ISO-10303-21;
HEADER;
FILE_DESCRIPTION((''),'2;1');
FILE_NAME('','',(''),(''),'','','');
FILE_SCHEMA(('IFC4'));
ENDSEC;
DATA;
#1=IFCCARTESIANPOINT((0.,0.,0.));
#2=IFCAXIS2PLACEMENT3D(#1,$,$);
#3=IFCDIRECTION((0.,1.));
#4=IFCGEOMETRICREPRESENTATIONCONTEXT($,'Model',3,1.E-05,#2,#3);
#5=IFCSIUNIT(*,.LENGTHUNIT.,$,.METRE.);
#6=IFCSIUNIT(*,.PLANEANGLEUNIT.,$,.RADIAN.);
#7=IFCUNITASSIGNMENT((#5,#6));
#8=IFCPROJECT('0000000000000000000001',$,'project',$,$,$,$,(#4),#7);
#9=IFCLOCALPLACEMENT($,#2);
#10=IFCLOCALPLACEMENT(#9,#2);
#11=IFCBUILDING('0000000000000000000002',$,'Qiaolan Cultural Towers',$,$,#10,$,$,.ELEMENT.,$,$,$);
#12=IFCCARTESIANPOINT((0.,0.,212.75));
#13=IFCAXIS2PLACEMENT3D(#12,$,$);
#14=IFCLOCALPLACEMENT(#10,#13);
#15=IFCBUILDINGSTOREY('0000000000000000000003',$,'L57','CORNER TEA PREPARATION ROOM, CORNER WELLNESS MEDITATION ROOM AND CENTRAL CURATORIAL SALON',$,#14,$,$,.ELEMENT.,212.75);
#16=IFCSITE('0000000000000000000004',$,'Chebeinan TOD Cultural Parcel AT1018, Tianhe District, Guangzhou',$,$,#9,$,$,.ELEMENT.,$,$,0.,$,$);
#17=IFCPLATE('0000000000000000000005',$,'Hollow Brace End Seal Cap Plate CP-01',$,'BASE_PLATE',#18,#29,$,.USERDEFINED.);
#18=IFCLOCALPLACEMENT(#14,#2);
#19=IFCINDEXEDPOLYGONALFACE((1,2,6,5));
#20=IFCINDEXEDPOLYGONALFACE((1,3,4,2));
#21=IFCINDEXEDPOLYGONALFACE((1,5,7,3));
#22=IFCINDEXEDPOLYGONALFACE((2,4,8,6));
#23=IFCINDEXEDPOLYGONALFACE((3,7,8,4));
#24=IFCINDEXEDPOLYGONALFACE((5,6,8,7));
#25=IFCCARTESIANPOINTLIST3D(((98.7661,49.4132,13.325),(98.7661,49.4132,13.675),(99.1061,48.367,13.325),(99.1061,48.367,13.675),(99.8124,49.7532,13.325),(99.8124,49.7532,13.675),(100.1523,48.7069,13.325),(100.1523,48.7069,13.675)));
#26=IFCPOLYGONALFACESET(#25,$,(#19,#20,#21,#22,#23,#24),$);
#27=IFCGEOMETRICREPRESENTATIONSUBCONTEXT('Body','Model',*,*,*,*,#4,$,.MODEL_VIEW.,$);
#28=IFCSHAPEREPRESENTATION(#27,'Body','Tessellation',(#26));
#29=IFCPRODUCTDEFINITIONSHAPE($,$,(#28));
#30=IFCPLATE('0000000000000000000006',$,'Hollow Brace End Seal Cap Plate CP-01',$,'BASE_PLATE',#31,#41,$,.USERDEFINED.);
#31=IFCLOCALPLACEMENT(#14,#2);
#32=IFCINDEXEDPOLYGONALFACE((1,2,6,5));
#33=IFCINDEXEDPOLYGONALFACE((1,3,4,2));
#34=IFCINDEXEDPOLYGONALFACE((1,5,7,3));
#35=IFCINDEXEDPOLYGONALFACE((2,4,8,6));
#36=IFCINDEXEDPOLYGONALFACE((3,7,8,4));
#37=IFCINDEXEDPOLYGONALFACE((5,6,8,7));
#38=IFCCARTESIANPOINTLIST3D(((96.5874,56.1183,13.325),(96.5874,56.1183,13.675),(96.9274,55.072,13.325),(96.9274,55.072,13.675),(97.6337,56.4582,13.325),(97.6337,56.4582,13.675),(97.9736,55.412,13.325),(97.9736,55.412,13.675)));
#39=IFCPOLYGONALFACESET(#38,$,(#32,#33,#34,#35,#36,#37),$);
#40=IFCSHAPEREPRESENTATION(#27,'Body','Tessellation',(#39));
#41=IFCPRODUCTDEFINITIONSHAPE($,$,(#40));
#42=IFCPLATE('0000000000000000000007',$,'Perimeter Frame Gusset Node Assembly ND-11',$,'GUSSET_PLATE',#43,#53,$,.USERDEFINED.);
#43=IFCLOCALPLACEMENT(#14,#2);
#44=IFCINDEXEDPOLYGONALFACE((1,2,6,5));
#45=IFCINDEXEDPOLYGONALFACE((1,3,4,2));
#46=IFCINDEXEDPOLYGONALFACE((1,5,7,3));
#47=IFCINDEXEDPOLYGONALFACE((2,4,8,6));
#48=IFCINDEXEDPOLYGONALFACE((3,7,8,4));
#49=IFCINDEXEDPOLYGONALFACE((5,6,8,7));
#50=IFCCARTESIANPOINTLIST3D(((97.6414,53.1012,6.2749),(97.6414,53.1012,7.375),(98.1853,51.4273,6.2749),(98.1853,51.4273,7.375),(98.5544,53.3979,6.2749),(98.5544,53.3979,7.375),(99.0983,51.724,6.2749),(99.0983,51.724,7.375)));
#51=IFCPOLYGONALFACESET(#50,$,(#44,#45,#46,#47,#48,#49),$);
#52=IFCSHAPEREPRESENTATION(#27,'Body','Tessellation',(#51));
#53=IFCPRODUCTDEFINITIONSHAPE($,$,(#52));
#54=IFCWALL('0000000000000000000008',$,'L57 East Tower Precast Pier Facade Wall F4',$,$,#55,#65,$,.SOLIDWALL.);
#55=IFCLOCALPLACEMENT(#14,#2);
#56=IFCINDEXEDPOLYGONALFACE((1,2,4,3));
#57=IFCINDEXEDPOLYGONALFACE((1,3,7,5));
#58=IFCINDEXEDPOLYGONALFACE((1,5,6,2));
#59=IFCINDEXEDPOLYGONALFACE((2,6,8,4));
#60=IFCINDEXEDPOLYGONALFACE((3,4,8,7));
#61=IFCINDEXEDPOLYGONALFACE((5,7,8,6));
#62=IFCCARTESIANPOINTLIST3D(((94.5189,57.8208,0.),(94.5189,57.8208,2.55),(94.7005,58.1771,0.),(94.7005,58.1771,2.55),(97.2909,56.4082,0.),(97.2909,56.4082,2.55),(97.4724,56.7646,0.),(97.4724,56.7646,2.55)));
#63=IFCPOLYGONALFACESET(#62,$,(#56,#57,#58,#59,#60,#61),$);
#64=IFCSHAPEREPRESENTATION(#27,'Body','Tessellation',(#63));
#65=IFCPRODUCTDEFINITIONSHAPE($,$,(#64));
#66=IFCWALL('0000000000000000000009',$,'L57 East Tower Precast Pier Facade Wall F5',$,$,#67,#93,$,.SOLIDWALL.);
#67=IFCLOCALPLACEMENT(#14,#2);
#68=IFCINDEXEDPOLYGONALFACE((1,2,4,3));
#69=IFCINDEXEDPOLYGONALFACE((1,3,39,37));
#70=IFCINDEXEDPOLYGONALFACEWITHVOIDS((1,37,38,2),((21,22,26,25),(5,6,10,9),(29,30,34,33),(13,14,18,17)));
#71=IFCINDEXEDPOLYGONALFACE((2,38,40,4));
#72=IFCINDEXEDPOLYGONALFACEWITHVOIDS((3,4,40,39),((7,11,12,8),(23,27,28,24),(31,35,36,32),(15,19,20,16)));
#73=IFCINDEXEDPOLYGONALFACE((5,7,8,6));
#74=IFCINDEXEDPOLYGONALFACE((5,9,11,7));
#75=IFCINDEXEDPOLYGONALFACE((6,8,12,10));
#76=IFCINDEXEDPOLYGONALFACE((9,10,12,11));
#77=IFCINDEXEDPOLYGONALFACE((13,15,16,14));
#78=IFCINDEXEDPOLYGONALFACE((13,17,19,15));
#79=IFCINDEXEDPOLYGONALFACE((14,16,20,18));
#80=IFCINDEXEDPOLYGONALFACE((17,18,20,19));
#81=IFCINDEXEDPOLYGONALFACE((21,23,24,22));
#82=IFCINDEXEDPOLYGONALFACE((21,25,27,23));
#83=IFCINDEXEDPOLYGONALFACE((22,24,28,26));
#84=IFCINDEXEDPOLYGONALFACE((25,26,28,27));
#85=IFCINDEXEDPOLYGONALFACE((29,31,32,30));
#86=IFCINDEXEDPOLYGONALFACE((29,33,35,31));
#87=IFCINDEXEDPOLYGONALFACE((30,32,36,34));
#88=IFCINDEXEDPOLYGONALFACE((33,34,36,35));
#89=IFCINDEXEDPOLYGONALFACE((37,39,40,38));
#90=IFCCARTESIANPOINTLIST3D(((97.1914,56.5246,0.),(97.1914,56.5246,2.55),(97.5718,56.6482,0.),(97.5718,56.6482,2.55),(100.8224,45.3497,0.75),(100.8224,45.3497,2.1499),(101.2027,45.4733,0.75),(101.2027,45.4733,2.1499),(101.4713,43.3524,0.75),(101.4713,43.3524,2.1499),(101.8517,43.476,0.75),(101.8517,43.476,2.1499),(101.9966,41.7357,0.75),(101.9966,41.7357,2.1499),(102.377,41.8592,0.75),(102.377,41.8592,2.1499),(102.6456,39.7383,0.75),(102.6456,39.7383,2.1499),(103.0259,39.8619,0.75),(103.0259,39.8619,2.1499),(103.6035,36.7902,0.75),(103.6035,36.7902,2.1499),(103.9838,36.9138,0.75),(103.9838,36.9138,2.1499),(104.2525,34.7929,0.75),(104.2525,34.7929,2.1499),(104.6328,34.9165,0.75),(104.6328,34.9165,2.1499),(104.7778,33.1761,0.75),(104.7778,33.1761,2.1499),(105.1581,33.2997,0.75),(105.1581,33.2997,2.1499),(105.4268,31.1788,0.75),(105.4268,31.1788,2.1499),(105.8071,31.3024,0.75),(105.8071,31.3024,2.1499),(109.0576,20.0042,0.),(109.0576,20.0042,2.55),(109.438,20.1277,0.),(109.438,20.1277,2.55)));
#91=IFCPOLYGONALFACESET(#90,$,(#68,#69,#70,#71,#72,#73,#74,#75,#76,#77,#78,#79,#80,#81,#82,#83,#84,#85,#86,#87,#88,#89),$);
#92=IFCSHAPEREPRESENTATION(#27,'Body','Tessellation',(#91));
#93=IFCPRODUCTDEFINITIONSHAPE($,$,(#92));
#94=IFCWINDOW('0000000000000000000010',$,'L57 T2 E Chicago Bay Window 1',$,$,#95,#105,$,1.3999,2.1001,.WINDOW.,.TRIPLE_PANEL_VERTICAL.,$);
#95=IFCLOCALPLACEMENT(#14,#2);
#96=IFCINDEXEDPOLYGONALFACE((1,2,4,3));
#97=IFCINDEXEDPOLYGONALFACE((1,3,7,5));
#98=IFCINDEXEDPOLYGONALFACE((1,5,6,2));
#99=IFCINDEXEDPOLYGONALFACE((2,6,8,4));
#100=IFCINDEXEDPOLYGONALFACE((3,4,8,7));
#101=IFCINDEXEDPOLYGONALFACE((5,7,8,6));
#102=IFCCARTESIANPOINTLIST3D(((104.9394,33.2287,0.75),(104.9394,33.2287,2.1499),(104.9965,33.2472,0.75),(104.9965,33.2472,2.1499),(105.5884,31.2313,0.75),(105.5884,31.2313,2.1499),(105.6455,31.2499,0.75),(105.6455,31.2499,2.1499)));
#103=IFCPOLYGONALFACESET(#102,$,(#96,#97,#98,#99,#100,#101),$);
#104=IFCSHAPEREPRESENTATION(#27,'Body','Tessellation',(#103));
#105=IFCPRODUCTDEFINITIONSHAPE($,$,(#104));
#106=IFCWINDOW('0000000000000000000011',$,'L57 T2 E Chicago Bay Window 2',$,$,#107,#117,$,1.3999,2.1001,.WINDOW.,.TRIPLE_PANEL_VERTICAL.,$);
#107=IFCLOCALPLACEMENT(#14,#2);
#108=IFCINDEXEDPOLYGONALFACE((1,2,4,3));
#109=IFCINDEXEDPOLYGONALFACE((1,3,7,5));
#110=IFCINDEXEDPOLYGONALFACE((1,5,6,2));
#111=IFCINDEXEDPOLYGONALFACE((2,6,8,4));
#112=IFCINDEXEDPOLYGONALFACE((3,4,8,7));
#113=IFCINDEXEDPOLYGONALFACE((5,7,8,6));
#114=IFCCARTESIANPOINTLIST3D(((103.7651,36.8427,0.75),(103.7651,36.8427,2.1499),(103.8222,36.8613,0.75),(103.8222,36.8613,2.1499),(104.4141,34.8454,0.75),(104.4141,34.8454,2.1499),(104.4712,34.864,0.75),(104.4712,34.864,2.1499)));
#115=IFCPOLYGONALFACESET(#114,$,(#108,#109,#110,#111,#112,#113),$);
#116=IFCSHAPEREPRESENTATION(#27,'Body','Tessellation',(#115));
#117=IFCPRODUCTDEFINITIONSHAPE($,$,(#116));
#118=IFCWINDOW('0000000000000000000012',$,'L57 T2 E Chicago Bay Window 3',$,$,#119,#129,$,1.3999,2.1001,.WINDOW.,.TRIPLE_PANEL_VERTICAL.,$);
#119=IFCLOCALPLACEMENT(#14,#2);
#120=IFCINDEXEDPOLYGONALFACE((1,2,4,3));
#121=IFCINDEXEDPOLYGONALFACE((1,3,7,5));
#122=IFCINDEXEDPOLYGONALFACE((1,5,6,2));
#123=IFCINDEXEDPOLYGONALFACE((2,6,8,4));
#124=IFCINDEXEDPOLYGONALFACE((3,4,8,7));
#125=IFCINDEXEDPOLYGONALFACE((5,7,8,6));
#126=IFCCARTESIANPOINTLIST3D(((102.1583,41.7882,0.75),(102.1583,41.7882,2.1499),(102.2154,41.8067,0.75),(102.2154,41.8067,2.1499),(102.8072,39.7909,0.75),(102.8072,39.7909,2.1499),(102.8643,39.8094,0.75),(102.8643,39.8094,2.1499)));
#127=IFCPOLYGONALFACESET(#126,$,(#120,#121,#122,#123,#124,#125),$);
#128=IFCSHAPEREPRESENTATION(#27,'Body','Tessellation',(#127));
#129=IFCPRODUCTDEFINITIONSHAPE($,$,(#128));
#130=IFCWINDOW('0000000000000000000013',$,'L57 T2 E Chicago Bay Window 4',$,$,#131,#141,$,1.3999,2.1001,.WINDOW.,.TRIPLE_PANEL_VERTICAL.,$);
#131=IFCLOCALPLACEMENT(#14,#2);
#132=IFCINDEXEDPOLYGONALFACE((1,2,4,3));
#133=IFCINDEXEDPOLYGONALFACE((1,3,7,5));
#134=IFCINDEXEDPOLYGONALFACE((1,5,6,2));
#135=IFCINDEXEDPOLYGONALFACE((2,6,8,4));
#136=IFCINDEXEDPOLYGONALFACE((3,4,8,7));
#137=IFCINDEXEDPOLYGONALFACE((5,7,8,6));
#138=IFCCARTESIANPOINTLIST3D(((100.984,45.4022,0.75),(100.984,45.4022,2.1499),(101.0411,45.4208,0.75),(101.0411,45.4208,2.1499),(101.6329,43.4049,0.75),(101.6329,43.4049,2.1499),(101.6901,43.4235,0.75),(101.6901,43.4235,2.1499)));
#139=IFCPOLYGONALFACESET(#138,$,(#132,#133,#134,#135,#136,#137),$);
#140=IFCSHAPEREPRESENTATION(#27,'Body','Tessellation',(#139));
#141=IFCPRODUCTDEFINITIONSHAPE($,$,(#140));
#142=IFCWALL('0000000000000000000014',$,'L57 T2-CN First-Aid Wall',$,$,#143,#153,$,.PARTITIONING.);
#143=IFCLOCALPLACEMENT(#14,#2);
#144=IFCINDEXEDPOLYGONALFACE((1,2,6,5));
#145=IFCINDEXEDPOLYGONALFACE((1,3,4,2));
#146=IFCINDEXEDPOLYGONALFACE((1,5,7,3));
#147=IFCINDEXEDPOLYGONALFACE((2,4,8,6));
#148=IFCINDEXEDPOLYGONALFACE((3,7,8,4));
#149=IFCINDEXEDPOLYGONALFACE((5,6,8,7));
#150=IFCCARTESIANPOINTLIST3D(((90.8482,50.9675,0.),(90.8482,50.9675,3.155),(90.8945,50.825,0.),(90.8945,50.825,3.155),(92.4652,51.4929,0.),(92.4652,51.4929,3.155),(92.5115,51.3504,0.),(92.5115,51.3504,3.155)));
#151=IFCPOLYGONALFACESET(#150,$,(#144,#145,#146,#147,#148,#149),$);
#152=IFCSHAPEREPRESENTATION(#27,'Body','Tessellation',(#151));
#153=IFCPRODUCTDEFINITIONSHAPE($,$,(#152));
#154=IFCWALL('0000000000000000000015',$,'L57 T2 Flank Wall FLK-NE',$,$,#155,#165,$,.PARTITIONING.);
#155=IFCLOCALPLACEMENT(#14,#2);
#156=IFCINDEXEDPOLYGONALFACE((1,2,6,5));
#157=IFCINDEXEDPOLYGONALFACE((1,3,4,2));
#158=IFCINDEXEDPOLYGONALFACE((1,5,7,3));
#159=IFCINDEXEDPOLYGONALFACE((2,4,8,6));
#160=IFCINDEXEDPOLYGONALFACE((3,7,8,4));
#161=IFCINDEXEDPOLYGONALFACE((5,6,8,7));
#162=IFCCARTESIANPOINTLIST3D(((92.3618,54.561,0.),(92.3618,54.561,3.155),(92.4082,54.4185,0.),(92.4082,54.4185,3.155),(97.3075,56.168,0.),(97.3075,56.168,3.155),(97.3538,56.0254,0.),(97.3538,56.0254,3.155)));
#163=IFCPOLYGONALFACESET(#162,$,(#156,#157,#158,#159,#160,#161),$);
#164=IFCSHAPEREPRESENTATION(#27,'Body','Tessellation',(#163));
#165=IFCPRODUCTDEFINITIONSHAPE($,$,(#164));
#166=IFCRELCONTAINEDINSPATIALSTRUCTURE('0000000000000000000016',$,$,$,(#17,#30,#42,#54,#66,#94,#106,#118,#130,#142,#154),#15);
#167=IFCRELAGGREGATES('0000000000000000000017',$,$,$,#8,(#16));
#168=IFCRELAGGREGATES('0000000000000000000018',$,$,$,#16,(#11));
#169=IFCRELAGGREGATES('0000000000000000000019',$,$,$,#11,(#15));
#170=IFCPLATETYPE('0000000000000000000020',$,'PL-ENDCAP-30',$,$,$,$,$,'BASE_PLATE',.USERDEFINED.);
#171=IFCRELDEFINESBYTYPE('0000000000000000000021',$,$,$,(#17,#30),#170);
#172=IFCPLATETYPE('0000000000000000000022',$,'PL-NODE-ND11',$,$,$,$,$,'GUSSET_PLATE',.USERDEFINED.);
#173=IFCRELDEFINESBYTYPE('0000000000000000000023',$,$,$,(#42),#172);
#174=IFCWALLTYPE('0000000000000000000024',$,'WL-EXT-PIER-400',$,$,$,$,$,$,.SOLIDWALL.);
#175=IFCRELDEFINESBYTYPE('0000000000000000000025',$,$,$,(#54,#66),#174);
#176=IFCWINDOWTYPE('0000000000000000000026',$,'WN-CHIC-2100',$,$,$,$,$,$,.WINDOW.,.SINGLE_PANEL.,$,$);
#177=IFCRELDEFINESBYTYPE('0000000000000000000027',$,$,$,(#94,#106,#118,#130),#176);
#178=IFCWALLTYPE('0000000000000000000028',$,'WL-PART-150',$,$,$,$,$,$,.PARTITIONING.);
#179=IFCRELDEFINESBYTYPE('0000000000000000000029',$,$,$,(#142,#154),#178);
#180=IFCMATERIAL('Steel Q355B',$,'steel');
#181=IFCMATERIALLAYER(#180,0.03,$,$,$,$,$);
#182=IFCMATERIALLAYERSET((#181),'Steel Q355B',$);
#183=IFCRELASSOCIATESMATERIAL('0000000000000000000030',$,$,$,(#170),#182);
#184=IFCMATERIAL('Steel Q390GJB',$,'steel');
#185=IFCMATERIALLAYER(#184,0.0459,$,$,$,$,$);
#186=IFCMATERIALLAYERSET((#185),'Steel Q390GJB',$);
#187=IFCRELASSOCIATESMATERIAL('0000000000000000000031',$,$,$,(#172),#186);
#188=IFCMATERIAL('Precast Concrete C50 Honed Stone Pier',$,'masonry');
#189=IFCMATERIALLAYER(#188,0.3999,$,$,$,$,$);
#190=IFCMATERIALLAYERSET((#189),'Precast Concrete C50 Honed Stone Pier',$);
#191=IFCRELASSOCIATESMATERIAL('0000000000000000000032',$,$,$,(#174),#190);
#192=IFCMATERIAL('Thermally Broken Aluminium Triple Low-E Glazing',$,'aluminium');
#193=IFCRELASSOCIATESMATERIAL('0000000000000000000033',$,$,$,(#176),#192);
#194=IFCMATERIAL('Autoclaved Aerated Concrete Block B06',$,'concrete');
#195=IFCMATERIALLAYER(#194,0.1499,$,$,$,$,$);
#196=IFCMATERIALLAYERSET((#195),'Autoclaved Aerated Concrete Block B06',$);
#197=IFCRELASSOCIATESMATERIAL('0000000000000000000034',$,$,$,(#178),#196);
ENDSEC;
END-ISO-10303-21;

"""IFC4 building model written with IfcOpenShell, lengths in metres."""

from ifc_helpers import new_model, si_unit, direction, frame, frame_2d, origin, origin_2d, place, context, subcontext, project, spatial, rectangle, extrude, material, layer, layer_set, type_object, element, fill, save


model = new_model("IFC4")

# Units and contexts
model_context = context("Model", 3, precision=1e-05, world=origin(), true_north=direction((0.0, 1.0)))
body_context = subcontext(model_context, "Body", "Model", "MODEL_VIEW")
ifc_project = project(units=[si_unit("LENGTHUNIT", "METRE"), si_unit("PLANEANGLEUNIT", "RADIAN")], contexts=[model_context])

# Site, building, storey
site_placement = place(None, origin())
site = spatial("IfcSite", under=ifc_project, at=site_placement, Name="Chebeinan TOD Cultural Parcel AT1018, Tianhe District, Guangzhou", CompositionType="ELEMENT", RefElevation=0.0)
building_placement = place(site_placement, origin())
building = spatial("IfcBuilding", under=site, at=building_placement, Name="Qiaolan Cultural Towers", CompositionType="ELEMENT")
storey_placement = place(building_placement, frame((0.0, 0.0, 212.75)))
storey = spatial("IfcBuildingStorey", under=building, at=storey_placement, Name="L57", Description="CORNER TEA PREPARATION ROOM, CORNER WELLNESS MEDITATION ROOM AND CENTRAL CURATORIAL SALON", CompositionType="ELEMENT", Elevation=212.75)

# Plates
ifc_material_1 = material(Name="Steel Q355B", Category="steel")
ifc_layer_1 = layer(ifc_material_1, 0.03)
ifc_layer_set_1 = layer_set([ifc_layer_1], Name="Steel Q355B")
plate_type_1 = type_object("IfcPlateType", Name="PL-ENDCAP-30", ElementType="BASE_PLATE", PredefinedType="USERDEFINED", material=ifc_layer_set_1)
for number, where, z_axis, x_axis, name in (
    (1, (99.4592, 49.0601, 13.325), (0.0, 0.0, 1.0), (-0.309017, 0.951057, 0.0), "Hollow Brace End Seal Cap Plate CP-01"),
    (2, (97.2805, 55.7651, 13.325), (0.0, 0.0, 1.0), (-0.309017, 0.951057, 0.0), "Hollow Brace End Seal Cap Plate CP-01"),
):
    element("IfcPlate", number, at=place(storey_placement, frame(where, z_axis=z_axis, x_axis=x_axis)), inside=storey, type_object=plate_type_1, Name=name, ObjectType="BASE_PLATE", PredefinedType="USERDEFINED", context=body_context, shape_type="SweptSolid", body=[
        extrude(rectangle(XDim=1.1001, YDim=1.1001, at=origin_2d()), origin(), (0.0, 0.0, 1.0), 0.3501),
    ])
ifc_material_2 = material(Name="Steel Q390GJB", Category="steel")
ifc_layer_2 = layer(ifc_material_2, 0.0459)
ifc_layer_set_2 = layer_set([ifc_layer_2], Name="Steel Q390GJB")
plate_type_2 = type_object("IfcPlateType", Name="PL-NODE-ND11", ElementType="GUSSET_PLATE", PredefinedType="USERDEFINED", material=ifc_layer_set_2)
plate_placement = place(storey_placement, frame((98.3699, 52.4126, 6.2749), z_axis=(0.0, 0.0, 1.0), x_axis=(-0.309017, 0.951057, 0.0)))
element("IfcPlate", 3, at=plate_placement, inside=storey, type_object=plate_type_2, Name="Perimeter Frame Gusset Node Assembly ND-11", ObjectType="GUSSET_PLATE", PredefinedType="USERDEFINED", context=body_context, shape_type="SweptSolid", body=[
    extrude(rectangle(XDim=1.76, YDim=0.96, at=origin_2d()), origin(), (0.0, 0.0, 1.0), 1.1001),
])

# Wall
ifc_material_3 = material(Name="Precast Concrete C50 Honed Stone Pier", Category="masonry")
ifc_layer_3 = layer(ifc_material_3, 0.3999)
ifc_layer_set_3 = layer_set([ifc_layer_3], Name="Precast Concrete C50 Honed Stone Pier")
wall_type_1 = type_object("IfcWallType", Name="WL-EXT-PIER-400", PredefinedType="SOLIDWALL", material=ifc_layer_set_3)
wall_1_placement = place(storey_placement, frame((94.6096, 57.999, 0.0), z_axis=(0.0, 0.0, 1.0), x_axis=(0.89098, -0.454043, 0.0)))
element("IfcWall", 4, at=wall_1_placement, inside=storey, type_object=wall_type_1, Name="L57 East Tower Precast Pier Facade Wall F4", PredefinedType="SOLIDWALL", context=body_context, shape_type="SweptSolid", body=[
    extrude(rectangle(XDim=3.1111, YDim=0.3999, at=frame_2d((1.5557, 0.0))), origin(), (0.0, 0.0, 1.0), 2.55),
])

# Wall, openings, windows
wall_2_placement = place(storey_placement, frame((97.3816, 56.5864, 0.0), z_axis=(0.0, 0.0, 1.0), x_axis=(0.309016, -0.951057, 0.0)))
wall_2 = element("IfcWall", 5, at=wall_2_placement, inside=storey, type_object=wall_type_1, Name="L57 East Tower Precast Pier Facade Wall F5", PredefinedType="SOLIDWALL", context=body_context, shape_type="SweptSolid", body=[
    extrude(rectangle(XDim=38.3999, YDim=0.3999, at=frame_2d((19.2, 0.0))), origin(), (0.0, 0.0, 1.0), 2.55),
])
opening_1_placement = place(wall_2_placement, frame((24.55, 0.0, 0.75)))
opening_1 = element("IfcOpeningElement", 6, at=opening_1_placement, cuts=wall_2, PredefinedType="OPENING", context=body_context, shape_type="SweptSolid", body=[
    extrude(rectangle(XDim=2.1001, YDim=1.3999, at=frame_2d((1.05, 0.7))), frame((0.0, 0.21, 0.0), z_axis=(0.0, -1.0, 0.0), x_axis=(1.0, 0.0, 0.0)), (0.0, 0.0, 1.0), 0.4199),
])
opening_2_placement = place(wall_2_placement, frame((20.75, 0.0, 0.75)))
opening_2 = element("IfcOpeningElement", 7, at=opening_2_placement, cuts=wall_2, PredefinedType="OPENING", context=body_context, shape_type="SweptSolid", body=[
    extrude(rectangle(XDim=2.1001, YDim=1.3999, at=frame_2d((1.05, 0.7))), frame((0.0, 0.21, 0.0), z_axis=(0.0, -1.0, 0.0), x_axis=(1.0, 0.0, 0.0)), (0.0, 0.0, 1.0), 0.4199),
])
opening_3_placement = place(wall_2_placement, frame((15.55, 0.0, 0.75)))
opening_3 = element("IfcOpeningElement", 8, at=opening_3_placement, cuts=wall_2, PredefinedType="OPENING", context=body_context, shape_type="SweptSolid", body=[
    extrude(rectangle(XDim=2.1001, YDim=1.3999, at=frame_2d((1.05, 0.7))), frame((0.0, 0.21, 0.0), z_axis=(0.0, -1.0, 0.0), x_axis=(1.0, 0.0, 0.0)), (0.0, 0.0, 1.0), 0.4199),
])
opening_4_placement = place(wall_2_placement, frame((11.75, 0.0, 0.75)))
opening_4 = element("IfcOpeningElement", 9, at=opening_4_placement, cuts=wall_2, PredefinedType="OPENING", context=body_context, shape_type="SweptSolid", body=[
    extrude(rectangle(XDim=2.1001, YDim=1.3999, at=frame_2d((1.05, 0.7))), frame((0.0, 0.21, 0.0), z_axis=(0.0, -1.0, 0.0), x_axis=(1.0, 0.0, 0.0)), (0.0, 0.0, 1.0), 0.4199),
])
ifc_material_4 = material(Name="Thermally Broken Aluminium Triple Low-E Glazing", Category="aluminium")
window_type = type_object("IfcWindowType", Name="WN-CHIC-2100", PartitioningType="SINGLE_PANEL", PredefinedType="WINDOW", material=ifc_material_4)
window_1_placement = place(opening_1_placement, origin())
window_1 = element("IfcWindow", 10, at=window_1_placement, inside=storey, type_object=window_type, Name="L57 T2 E Chicago Bay Window 1", OverallHeight=1.3999, OverallWidth=2.1001, PartitioningType="TRIPLE_PANEL_VERTICAL", PredefinedType="WINDOW", context=body_context, shape_type="SweptSolid", body=[
    extrude(rectangle(XDim=2.1001, YDim=1.3999, at=frame_2d((1.05, 0.7))), frame((0.0, 0.03, 0.0), z_axis=(0.0, -1.0, 0.0), x_axis=(1.0, 0.0, 0.0)), (0.0, 0.0, 1.0), 0.0601),
])
fill(opening_1, window_1)
window_2_placement = place(opening_2_placement, origin())
window_2 = element("IfcWindow", 11, at=window_2_placement, inside=storey, type_object=window_type, Name="L57 T2 E Chicago Bay Window 2", OverallHeight=1.3999, OverallWidth=2.1001, PartitioningType="TRIPLE_PANEL_VERTICAL", PredefinedType="WINDOW", context=body_context, shape_type="SweptSolid", body=[
    extrude(rectangle(XDim=2.1001, YDim=1.3999, at=frame_2d((1.05, 0.7))), frame((0.0, 0.03, 0.0), z_axis=(0.0, -1.0, 0.0), x_axis=(1.0, 0.0, 0.0)), (0.0, 0.0, 1.0), 0.0601),
])
fill(opening_2, window_2)
window_3_placement = place(opening_3_placement, origin())
window_3 = element("IfcWindow", 12, at=window_3_placement, inside=storey, type_object=window_type, Name="L57 T2 E Chicago Bay Window 3", OverallHeight=1.3999, OverallWidth=2.1001, PartitioningType="TRIPLE_PANEL_VERTICAL", PredefinedType="WINDOW", context=body_context, shape_type="SweptSolid", body=[
    extrude(rectangle(XDim=2.1001, YDim=1.3999, at=frame_2d((1.05, 0.7))), frame((0.0, 0.03, 0.0), z_axis=(0.0, -1.0, 0.0), x_axis=(1.0, 0.0, 0.0)), (0.0, 0.0, 1.0), 0.0601),
])
fill(opening_3, window_3)
window_4_placement = place(opening_4_placement, origin())
window_4 = element("IfcWindow", 13, at=window_4_placement, inside=storey, type_object=window_type, Name="L57 T2 E Chicago Bay Window 4", OverallHeight=1.3999, OverallWidth=2.1001, PartitioningType="TRIPLE_PANEL_VERTICAL", PredefinedType="WINDOW", context=body_context, shape_type="SweptSolid", body=[
    extrude(rectangle(XDim=2.1001, YDim=1.3999, at=frame_2d((1.05, 0.7))), frame((0.0, 0.03, 0.0), z_axis=(0.0, -1.0, 0.0), x_axis=(1.0, 0.0, 0.0)), (0.0, 0.0, 1.0), 0.0601),
])
fill(opening_4, window_4)

# Walls
ifc_material_5 = material(Name="Autoclaved Aerated Concrete Block B06", Category="concrete")
ifc_layer_4 = layer(ifc_material_5, 0.1499)
ifc_layer_set_4 = layer_set([ifc_layer_4], Name="Autoclaved Aerated Concrete Block B06")
wall_type_2 = type_object("IfcWallType", Name="WL-PART-150", PredefinedType="PARTITIONING", material=ifc_layer_set_4)
wall_3_placement = place(storey_placement, frame((90.8713, 50.8962, 0.0), z_axis=(0.0, 0.0, 1.0), x_axis=(0.951054, 0.309024, 0.0)))
element("IfcWall", 14, at=wall_3_placement, inside=storey, type_object=wall_type_2, Name="L57 T2-CN First-Aid Wall", PredefinedType="PARTITIONING", context=body_context, shape_type="SweptSolid", body=[
    extrude(rectangle(XDim=1.7002, YDim=0.1499, at=frame_2d((0.8501, 0.0))), origin(), (0.0, 0.0, 1.0), 3.155),
])
wall_4_placement = place(storey_placement, frame((92.385, 54.4897, 0.0), z_axis=(0.0, 0.0, 1.0), x_axis=(0.951055, 0.309021, 0.0)))
element("IfcWall", 15, at=wall_4_placement, inside=storey, type_object=wall_type_2, Name="L57 T2 Flank Wall FLK-NE", PredefinedType="PARTITIONING", context=body_context, shape_type="SweptSolid", body=[
    extrude(rectangle(XDim=5.2002, YDim=0.1499, at=frame_2d((2.6001, 0.0))), origin(), (0.0, 0.0, 1.0), 3.155),
])

save(model, "model.ifc")
